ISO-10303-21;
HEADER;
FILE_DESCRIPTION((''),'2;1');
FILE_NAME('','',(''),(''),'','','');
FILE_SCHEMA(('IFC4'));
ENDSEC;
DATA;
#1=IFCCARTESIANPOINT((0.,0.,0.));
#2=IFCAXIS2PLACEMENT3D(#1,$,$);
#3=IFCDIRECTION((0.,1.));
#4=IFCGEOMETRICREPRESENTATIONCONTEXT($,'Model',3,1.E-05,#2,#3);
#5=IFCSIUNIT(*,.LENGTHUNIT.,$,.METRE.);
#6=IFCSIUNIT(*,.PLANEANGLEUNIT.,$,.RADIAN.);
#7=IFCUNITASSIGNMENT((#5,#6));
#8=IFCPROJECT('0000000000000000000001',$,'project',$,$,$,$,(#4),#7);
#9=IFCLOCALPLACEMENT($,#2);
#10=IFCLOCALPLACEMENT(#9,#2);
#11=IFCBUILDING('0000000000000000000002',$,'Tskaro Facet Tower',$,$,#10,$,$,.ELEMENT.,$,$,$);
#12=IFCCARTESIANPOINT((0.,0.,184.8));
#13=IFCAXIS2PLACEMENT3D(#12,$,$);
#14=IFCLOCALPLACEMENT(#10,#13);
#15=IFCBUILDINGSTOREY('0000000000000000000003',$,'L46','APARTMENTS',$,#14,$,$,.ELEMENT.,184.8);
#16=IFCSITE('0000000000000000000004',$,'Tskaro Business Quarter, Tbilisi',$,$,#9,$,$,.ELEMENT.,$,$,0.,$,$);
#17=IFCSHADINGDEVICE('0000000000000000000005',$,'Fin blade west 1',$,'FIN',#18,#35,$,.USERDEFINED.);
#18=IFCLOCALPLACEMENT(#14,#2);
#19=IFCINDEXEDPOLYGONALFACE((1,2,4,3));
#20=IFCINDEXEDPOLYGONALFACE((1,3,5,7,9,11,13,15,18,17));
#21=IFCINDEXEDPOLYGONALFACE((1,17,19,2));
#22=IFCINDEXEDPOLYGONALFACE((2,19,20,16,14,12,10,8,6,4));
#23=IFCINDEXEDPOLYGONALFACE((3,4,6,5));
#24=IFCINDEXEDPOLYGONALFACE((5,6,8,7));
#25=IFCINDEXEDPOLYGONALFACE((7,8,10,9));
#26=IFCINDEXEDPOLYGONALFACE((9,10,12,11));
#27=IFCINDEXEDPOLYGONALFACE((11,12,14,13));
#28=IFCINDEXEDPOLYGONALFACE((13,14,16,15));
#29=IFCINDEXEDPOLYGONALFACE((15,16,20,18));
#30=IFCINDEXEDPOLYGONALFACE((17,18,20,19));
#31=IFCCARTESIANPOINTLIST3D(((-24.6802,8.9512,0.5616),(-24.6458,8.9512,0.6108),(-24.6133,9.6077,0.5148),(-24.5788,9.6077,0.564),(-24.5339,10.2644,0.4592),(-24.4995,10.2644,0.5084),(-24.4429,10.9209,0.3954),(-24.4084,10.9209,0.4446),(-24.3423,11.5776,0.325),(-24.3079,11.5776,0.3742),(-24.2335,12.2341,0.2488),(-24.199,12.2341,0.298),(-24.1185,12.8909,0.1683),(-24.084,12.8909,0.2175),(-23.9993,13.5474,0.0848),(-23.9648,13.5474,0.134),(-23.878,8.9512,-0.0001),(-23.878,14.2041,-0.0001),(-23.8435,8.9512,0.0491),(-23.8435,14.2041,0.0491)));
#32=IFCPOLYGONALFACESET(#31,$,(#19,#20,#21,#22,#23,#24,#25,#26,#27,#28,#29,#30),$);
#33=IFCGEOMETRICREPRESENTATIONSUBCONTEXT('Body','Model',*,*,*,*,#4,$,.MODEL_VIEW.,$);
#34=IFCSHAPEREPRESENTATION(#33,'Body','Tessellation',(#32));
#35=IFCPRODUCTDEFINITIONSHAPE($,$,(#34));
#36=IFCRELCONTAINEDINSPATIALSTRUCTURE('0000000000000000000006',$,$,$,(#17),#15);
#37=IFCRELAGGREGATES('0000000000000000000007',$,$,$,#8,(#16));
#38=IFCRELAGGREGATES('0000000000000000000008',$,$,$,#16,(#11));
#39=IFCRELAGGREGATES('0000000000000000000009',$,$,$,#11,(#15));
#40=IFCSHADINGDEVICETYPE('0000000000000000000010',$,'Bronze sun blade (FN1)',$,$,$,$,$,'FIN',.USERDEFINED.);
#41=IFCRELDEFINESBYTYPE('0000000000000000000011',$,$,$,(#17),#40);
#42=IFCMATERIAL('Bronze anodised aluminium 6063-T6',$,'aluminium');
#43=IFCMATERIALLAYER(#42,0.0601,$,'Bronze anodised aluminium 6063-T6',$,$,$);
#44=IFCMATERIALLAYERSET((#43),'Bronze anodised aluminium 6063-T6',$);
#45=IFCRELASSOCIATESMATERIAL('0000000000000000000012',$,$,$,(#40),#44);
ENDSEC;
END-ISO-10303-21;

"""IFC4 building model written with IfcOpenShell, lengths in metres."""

from ifc_helpers import new_model, si_unit, direction, frame, origin, place, context, subcontext, project, spatial, polyline, outline, extrude, material, layer, layer_set, type_object, element, save


model = new_model("IFC4")

# Units and contexts
model_context = context("Model", 3, precision=1e-05, world=origin(), true_north=direction((0.0, 1.0)))
body_context = subcontext(model_context, "Body", "Model", "MODEL_VIEW")
ifc_project = project(units=[si_unit("LENGTHUNIT", "METRE"), si_unit("PLANEANGLEUNIT", "RADIAN")], contexts=[model_context])

# Site, building, storey
site_placement = place(None, origin())
site = spatial("IfcSite", under=ifc_project, at=site_placement, Name="Tskaro Business Quarter, Tbilisi", CompositionType="ELEMENT", RefElevation=0.0)
building_placement = place(site_placement, origin())
building = spatial("IfcBuilding", under=site, at=building_placement, Name="Tskaro Facet Tower", CompositionType="ELEMENT")
storey_placement = place(building_placement, frame((0.0, 0.0, 184.8)))
storey = spatial("IfcBuildingStorey", under=building, at=storey_placement, Name="L46", Description="APARTMENTS", CompositionType="ELEMENT", Elevation=184.8)

# Shared definitions
ifc_material_1 = material(Name="Bronze anodised aluminium 6063-T6", Category="aluminium")

# Shading device
ifc_layer_1 = layer(ifc_material_1, 0.0601, Name="Bronze anodised aluminium 6063-T6")
ifc_layer_set_1 = layer_set([ifc_layer_1], Name="Bronze anodised aluminium 6063-T6")
shading_device_type = type_object("IfcShadingDeviceType", Name="Bronze sun blade (FN1)", ElementType="FIN", PredefinedType="USERDEFINED", material=ifc_layer_set_1)
shading_device_placement = place(storey_placement, frame((-23.8435, 14.2041, 0.0491), z_axis=(0.573587, 0.0, 0.819144), x_axis=(0.0, -1.0, 0.0)))
element("IfcShadingDevice", 1, at=shading_device_placement, inside=storey, type_object=shading_device_type, Name="Fin blade west 1", ObjectType="FIN", PredefinedType="USERDEFINED", context=body_context, shape_type="SweptSolid", body=[
    extrude(outline(polyline([(0.0, 0.0), (5.2529, 0.0), (5.2529, -0.9794), (4.5964, -0.8977), (3.9397, -0.8008), (3.2832, -0.6896), (2.6265, -0.5669), (1.97, -0.434), (1.3132, -0.2936), (0.6567, -0.1481), (0.0, 0.0)])), origin(), (0.0, 0.0, -1.0), 0.0601),
])

save(model, "model.ifc")
